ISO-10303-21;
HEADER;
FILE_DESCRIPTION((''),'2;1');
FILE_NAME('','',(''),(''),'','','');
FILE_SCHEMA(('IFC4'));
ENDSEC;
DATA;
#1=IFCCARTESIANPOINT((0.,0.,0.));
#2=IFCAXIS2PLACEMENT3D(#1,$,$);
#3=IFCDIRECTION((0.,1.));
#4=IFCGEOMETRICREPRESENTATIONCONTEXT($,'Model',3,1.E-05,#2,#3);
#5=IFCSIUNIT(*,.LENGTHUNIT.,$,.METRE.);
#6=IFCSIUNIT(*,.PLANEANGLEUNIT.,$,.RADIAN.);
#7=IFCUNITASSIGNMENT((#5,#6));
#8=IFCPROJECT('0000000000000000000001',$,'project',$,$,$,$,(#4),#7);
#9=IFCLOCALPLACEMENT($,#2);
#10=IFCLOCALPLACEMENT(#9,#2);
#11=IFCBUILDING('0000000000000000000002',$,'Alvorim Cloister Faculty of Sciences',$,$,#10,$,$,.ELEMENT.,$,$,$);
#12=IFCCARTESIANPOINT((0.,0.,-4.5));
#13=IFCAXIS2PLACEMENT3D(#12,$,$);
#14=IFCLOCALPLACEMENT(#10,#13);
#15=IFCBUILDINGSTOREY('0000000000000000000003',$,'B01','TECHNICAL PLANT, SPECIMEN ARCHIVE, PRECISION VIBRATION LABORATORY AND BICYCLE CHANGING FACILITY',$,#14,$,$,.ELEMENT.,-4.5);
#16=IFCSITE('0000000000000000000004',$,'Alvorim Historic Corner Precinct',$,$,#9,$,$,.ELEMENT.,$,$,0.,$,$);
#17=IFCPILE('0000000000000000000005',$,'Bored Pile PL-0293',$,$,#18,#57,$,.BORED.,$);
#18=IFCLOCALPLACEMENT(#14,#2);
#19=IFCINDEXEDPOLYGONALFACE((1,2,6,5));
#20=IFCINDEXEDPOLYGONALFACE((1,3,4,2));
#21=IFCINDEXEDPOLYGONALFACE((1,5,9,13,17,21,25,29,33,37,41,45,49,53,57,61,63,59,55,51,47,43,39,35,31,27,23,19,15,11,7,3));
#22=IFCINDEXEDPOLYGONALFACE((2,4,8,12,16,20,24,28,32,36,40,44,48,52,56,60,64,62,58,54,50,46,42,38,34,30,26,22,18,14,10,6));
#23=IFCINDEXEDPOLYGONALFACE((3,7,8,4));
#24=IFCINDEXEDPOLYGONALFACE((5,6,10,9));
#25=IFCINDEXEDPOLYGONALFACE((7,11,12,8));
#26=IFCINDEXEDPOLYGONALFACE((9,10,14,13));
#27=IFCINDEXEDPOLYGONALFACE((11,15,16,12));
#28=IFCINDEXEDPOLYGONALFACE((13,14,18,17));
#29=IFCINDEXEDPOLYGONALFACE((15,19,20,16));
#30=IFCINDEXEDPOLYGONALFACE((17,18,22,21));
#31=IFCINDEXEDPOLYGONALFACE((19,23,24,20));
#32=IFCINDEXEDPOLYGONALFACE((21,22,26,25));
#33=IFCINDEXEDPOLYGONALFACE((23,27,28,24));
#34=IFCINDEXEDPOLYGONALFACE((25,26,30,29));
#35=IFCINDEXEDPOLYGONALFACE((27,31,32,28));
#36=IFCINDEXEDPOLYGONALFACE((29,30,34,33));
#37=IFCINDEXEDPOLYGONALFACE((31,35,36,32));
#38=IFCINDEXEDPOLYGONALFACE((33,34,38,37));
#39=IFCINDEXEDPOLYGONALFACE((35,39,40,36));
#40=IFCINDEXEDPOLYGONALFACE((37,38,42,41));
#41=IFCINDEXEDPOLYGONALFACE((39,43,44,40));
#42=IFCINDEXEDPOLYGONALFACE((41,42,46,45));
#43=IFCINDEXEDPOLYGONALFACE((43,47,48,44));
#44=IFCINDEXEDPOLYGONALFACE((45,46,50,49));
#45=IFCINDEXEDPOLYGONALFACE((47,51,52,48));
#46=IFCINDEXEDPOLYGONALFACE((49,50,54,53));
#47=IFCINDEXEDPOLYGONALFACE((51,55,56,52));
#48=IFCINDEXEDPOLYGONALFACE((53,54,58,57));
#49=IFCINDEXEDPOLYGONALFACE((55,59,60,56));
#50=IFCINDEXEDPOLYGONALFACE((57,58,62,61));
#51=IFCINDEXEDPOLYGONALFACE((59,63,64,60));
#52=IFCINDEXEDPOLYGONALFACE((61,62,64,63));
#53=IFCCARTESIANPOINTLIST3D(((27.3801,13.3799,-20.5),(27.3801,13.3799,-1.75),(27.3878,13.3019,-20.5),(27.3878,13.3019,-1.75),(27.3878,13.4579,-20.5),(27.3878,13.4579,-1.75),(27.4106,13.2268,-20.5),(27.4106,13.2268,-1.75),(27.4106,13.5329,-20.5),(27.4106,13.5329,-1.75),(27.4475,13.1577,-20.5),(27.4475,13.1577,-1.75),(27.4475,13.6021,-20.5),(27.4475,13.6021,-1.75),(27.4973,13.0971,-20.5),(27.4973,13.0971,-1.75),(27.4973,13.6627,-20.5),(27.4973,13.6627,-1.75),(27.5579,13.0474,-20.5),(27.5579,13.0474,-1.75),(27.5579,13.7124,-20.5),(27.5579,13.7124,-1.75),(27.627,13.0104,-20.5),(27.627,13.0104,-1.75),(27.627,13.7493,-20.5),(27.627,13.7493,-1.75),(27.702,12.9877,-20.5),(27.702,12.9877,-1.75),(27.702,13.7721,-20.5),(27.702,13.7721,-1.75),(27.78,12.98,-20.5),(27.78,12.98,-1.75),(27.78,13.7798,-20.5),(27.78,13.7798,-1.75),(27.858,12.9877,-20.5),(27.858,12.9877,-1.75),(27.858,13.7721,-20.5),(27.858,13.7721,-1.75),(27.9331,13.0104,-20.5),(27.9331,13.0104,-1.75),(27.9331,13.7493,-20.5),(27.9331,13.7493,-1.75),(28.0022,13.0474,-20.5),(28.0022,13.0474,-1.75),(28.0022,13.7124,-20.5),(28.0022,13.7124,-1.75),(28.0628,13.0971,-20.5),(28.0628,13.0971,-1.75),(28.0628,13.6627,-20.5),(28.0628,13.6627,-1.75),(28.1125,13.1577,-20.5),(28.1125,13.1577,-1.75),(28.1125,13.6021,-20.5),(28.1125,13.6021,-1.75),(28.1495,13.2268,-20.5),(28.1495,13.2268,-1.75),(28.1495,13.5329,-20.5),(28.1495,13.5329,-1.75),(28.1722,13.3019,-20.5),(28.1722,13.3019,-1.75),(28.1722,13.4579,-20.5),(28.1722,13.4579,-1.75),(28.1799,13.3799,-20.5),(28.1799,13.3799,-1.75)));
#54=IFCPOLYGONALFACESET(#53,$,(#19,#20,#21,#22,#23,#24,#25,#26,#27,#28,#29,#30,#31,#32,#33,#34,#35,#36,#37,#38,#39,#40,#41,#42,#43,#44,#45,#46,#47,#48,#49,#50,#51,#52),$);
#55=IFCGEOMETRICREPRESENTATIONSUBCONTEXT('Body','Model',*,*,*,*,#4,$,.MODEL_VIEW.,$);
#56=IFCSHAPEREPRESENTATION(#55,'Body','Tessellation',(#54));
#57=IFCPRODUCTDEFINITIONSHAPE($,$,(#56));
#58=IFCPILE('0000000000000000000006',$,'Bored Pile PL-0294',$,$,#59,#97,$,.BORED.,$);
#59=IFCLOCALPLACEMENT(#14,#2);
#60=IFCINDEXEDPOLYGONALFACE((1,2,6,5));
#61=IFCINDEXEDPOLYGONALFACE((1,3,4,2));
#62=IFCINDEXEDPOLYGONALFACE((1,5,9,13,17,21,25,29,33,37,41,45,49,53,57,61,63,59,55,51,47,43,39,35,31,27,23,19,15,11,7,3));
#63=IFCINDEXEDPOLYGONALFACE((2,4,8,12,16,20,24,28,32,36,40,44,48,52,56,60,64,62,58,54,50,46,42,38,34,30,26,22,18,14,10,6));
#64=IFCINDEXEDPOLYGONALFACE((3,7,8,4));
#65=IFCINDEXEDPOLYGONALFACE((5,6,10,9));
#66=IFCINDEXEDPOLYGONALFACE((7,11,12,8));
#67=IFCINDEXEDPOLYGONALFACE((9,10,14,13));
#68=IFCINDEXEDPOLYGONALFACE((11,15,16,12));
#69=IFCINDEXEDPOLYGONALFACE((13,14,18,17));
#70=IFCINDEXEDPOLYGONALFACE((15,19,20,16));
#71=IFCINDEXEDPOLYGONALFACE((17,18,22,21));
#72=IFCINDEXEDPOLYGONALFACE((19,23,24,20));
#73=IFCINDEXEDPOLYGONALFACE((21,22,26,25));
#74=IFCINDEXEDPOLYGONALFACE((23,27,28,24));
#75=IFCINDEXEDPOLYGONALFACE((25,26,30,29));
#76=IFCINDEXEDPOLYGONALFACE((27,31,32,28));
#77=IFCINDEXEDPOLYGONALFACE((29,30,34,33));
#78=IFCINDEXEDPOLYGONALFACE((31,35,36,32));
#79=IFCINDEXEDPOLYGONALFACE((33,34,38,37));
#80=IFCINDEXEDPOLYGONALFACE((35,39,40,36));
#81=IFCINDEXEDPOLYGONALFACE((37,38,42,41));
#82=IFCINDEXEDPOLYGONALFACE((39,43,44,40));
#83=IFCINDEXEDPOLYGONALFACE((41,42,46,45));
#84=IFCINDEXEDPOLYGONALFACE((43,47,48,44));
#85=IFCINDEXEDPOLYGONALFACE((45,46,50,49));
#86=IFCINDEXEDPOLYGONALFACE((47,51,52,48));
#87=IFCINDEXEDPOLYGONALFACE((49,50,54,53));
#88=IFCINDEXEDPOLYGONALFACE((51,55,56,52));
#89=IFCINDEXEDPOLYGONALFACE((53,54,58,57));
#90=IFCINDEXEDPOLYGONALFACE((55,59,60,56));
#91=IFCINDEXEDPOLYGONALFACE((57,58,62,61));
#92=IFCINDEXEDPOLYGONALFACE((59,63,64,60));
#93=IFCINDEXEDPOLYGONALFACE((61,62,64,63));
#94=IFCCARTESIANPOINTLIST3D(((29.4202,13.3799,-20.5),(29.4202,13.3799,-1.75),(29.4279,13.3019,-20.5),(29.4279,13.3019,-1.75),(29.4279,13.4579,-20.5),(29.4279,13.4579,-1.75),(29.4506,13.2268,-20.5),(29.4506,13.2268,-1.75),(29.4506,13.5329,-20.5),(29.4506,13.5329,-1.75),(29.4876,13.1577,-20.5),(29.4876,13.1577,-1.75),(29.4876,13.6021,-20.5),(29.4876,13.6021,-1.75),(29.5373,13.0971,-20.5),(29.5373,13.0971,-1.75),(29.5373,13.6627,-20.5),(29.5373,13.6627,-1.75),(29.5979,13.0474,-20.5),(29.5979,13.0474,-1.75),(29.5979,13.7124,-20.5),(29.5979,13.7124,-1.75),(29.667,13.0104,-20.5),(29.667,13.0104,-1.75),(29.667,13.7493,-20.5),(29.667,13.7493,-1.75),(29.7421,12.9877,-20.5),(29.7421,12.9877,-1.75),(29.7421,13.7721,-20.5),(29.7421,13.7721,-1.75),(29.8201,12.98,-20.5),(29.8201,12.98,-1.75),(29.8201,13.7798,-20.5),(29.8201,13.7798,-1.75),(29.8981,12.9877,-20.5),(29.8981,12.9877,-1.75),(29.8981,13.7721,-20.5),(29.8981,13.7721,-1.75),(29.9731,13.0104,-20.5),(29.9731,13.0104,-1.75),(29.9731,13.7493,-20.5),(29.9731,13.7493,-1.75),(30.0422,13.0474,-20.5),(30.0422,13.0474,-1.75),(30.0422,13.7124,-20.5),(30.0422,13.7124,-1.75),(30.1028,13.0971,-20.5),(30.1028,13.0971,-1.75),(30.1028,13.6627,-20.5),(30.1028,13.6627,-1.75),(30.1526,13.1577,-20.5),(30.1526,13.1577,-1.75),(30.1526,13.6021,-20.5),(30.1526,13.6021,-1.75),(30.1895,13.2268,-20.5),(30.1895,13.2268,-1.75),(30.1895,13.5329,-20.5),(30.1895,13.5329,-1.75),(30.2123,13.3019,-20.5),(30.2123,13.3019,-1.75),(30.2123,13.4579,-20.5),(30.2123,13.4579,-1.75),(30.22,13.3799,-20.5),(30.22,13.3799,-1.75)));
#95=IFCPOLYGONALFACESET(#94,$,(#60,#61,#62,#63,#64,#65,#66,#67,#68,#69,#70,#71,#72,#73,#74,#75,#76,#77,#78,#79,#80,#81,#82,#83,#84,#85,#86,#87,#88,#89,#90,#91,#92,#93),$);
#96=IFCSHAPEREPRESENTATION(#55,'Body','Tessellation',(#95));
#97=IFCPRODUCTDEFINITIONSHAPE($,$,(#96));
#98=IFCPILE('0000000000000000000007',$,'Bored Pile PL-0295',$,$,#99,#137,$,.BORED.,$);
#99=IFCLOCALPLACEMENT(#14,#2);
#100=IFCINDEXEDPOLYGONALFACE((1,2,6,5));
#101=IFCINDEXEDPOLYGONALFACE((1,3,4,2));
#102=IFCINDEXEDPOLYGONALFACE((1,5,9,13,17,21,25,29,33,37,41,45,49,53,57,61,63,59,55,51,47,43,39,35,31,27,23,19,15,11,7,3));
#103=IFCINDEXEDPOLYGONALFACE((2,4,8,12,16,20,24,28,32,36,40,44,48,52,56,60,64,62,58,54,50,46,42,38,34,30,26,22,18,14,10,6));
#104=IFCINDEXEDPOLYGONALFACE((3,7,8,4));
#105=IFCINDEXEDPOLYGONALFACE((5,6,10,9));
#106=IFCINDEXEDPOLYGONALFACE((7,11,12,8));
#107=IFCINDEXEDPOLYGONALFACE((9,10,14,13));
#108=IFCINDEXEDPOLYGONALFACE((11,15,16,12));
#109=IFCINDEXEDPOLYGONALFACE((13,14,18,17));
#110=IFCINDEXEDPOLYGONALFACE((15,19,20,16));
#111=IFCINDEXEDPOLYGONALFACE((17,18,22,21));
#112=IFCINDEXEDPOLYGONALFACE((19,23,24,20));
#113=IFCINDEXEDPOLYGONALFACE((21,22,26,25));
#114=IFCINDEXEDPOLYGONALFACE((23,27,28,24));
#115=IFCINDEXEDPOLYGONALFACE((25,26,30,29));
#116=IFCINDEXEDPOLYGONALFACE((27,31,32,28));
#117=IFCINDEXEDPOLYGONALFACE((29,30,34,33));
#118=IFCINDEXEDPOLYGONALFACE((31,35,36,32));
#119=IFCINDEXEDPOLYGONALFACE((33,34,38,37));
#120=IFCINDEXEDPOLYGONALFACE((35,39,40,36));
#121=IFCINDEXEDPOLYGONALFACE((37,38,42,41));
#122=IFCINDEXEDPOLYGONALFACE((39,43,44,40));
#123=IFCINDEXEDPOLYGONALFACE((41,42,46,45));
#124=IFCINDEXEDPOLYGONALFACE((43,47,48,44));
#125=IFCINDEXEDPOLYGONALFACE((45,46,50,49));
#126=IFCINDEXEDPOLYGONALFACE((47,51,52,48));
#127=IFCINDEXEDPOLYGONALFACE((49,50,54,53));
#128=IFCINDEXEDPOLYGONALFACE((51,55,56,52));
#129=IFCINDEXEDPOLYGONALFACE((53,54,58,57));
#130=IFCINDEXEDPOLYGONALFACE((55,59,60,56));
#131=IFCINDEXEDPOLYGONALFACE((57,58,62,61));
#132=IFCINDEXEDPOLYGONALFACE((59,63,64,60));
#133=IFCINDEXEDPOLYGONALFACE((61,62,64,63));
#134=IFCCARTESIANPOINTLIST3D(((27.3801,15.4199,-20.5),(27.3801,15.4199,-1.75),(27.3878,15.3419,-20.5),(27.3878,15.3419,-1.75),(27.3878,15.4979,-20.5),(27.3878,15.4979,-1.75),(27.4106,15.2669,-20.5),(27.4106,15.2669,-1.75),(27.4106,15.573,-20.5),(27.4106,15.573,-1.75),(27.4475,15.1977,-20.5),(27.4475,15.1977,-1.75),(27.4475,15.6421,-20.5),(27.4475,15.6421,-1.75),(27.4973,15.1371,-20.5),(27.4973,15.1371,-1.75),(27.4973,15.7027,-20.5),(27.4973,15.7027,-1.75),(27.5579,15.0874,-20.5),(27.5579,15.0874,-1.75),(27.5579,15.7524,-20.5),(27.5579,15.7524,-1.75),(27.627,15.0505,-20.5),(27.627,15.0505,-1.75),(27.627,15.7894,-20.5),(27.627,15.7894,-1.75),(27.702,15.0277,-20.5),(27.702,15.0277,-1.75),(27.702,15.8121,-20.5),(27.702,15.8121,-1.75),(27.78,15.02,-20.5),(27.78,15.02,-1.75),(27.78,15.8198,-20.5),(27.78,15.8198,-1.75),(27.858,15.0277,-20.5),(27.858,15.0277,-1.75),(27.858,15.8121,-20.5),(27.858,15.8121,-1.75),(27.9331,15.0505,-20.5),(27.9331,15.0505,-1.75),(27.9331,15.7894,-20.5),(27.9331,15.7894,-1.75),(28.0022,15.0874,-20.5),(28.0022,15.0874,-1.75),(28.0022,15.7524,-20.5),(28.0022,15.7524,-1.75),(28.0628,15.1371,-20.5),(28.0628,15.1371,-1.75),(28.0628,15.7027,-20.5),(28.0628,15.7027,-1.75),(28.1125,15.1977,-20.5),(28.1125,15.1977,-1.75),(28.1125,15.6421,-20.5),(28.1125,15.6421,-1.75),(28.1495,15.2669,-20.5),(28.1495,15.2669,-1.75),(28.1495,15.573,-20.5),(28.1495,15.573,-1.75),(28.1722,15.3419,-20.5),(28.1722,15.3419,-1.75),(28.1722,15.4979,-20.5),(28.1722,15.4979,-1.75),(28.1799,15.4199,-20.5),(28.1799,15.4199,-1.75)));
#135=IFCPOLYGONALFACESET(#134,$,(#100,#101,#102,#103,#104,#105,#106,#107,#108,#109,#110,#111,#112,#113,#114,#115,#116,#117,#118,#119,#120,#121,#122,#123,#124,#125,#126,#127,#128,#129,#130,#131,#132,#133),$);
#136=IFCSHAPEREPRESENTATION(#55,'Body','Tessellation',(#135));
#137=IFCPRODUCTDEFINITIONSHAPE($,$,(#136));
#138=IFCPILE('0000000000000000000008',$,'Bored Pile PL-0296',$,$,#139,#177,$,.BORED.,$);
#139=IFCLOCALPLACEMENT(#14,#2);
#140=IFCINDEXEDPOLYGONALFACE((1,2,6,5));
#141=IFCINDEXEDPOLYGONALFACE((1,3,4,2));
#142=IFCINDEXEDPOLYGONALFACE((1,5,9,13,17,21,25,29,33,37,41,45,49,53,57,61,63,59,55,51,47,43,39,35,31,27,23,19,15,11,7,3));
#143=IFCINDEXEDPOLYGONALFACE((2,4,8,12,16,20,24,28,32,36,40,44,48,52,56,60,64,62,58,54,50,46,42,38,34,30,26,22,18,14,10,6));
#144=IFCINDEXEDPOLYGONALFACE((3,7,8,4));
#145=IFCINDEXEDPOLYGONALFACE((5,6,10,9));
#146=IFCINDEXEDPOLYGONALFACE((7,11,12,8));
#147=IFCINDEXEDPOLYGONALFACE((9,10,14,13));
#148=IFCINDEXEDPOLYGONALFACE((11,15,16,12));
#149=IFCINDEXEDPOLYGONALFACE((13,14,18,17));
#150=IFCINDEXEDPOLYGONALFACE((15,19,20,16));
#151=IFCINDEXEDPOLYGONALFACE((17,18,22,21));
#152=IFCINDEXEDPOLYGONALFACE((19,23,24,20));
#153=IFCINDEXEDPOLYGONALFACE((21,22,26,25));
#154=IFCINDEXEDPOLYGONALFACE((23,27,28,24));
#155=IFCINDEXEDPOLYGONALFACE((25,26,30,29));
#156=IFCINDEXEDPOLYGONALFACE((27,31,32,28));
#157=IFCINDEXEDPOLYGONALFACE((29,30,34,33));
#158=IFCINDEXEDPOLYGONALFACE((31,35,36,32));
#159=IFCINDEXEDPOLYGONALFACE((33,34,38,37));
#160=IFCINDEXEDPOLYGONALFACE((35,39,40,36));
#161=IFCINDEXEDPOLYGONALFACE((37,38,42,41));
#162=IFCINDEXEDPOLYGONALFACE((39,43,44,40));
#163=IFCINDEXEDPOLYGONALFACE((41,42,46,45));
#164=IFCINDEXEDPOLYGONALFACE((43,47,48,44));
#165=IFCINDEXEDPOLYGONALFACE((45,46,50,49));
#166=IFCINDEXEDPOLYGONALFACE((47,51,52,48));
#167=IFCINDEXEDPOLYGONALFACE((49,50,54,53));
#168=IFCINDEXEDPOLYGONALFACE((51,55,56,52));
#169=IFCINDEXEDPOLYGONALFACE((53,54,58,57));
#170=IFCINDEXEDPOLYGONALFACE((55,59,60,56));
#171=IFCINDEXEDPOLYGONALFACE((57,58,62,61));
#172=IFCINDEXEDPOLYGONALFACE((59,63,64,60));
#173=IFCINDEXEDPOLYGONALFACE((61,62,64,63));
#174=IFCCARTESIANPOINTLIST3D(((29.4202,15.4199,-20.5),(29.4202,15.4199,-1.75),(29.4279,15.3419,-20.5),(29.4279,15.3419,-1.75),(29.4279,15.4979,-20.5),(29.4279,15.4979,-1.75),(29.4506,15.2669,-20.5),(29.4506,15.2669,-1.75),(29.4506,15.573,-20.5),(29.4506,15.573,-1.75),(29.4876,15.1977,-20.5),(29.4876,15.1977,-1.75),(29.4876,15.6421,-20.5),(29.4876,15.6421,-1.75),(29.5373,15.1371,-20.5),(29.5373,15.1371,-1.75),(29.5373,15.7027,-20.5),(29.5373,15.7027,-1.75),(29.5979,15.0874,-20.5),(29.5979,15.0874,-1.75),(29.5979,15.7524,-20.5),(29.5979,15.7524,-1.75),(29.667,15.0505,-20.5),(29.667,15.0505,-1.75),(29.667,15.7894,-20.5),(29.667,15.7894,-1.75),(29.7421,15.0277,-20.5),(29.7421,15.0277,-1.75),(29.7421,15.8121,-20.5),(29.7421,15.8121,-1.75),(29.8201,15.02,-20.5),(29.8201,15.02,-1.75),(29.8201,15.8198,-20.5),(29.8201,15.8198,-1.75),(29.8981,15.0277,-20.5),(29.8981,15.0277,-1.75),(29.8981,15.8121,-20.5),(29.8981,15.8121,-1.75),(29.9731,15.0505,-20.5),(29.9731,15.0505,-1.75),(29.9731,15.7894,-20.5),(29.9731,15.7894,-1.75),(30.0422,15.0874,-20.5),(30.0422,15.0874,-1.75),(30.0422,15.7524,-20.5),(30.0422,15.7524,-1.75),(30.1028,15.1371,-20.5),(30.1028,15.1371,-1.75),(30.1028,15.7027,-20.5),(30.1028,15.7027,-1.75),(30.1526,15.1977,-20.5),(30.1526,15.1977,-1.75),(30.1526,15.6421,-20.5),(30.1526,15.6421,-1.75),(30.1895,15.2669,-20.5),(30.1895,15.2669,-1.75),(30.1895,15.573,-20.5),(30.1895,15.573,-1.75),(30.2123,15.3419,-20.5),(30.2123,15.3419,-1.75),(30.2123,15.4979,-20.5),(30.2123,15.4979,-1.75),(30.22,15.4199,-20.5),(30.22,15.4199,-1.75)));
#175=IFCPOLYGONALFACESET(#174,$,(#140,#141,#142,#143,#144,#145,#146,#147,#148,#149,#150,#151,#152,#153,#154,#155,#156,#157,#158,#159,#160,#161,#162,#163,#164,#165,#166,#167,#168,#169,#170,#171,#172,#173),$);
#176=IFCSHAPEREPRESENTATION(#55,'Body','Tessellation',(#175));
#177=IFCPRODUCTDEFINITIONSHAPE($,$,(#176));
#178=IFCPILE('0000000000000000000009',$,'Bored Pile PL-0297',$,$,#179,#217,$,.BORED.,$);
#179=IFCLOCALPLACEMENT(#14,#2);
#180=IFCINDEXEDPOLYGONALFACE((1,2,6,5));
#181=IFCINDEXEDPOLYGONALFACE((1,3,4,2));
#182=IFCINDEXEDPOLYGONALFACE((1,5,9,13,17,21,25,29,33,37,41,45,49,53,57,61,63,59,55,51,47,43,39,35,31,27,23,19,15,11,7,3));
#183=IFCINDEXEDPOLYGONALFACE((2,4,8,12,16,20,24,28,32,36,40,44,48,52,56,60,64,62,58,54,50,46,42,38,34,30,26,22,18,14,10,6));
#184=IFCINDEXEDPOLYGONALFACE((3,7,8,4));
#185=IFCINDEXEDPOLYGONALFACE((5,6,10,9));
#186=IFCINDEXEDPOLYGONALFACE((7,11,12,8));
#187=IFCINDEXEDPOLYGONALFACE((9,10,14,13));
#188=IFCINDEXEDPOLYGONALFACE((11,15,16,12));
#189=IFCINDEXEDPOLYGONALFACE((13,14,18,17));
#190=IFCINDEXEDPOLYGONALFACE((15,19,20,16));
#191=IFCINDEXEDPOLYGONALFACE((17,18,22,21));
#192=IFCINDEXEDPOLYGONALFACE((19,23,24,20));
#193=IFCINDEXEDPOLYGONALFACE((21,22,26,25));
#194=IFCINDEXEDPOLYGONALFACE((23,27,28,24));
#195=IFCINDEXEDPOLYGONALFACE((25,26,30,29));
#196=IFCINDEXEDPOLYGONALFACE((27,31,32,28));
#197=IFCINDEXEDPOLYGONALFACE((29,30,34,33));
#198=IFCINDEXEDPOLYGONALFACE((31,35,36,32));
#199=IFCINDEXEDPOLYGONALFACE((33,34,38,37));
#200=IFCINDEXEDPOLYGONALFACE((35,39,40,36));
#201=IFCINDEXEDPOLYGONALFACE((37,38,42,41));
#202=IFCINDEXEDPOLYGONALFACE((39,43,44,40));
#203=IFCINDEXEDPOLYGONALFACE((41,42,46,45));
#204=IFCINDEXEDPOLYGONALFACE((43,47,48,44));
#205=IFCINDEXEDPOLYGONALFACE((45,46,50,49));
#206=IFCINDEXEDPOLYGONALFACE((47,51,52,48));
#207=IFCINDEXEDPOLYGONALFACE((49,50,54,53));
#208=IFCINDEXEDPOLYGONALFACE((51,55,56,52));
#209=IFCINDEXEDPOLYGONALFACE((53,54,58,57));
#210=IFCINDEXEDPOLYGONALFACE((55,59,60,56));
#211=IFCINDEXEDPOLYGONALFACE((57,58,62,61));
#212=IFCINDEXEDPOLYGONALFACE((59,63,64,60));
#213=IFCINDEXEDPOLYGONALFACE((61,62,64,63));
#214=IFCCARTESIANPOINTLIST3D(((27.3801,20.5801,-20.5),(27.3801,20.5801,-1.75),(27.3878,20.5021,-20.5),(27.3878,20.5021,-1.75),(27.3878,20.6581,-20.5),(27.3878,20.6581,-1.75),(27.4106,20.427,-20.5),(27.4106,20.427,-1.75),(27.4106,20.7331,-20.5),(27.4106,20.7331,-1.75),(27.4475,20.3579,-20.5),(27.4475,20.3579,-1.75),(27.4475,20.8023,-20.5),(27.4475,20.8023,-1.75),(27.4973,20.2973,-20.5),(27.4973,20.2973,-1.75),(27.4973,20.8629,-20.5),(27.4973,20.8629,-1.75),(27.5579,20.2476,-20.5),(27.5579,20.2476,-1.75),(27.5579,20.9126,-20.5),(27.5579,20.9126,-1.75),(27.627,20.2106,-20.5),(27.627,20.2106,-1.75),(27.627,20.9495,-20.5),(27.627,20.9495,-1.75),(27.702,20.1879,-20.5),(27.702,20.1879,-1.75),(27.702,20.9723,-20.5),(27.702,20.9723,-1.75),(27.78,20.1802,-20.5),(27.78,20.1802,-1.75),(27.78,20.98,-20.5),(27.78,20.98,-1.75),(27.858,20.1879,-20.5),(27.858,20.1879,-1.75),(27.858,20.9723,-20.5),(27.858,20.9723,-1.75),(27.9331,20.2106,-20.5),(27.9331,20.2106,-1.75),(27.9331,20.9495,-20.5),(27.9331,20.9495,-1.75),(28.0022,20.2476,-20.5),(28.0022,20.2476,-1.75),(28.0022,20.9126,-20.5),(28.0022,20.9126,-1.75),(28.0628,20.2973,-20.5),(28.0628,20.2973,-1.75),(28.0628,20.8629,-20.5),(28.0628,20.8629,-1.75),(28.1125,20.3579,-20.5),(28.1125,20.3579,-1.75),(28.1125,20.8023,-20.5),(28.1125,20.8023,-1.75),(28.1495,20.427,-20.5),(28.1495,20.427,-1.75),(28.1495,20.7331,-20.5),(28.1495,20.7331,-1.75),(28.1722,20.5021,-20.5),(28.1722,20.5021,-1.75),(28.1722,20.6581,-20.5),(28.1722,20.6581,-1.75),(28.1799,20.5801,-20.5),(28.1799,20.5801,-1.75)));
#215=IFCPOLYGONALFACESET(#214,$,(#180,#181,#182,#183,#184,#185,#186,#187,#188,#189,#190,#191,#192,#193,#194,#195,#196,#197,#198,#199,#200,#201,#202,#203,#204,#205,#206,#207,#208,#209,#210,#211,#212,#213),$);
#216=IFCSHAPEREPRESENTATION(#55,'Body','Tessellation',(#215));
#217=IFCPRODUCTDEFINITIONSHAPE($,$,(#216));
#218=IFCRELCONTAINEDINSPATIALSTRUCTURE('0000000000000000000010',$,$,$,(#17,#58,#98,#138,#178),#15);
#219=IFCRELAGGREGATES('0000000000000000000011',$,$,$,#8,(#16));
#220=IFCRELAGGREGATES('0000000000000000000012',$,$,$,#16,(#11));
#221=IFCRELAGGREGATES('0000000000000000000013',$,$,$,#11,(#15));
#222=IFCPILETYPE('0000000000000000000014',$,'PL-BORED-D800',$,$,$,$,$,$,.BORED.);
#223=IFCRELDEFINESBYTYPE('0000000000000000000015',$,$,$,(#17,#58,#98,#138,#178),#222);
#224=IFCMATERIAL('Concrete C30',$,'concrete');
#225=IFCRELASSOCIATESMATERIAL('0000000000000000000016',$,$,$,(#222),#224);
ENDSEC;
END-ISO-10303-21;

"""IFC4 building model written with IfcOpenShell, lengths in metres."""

from ifc_helpers import new_model, si_unit, direction, frame, origin, origin_2d, place, context, subcontext, project, spatial, circle, extrude, material, material_profile, profile_set, type_object, element, save


model = new_model("IFC4")

# Units and contexts
model_context = context("Model", 3, precision=1e-05, world=origin(), true_north=direction((0.0, 1.0)))
body_context = subcontext(model_context, "Body", "Model", "MODEL_VIEW")
ifc_project = project(units=[si_unit("LENGTHUNIT", "METRE"), si_unit("PLANEANGLEUNIT", "RADIAN")], contexts=[model_context])

# Site, building, storey
site_placement = place(None, origin())
site = spatial("IfcSite", under=ifc_project, at=site_placement, Name="Alvorim Historic Corner Precinct", CompositionType="ELEMENT", RefElevation=0.0)
building_placement = place(site_placement, origin())
building = spatial("IfcBuilding", under=site, at=building_placement, Name="Alvorim Cloister Faculty of Sciences", CompositionType="ELEMENT")
storey_placement = place(building_placement, frame((0.0, 0.0, -4.5)))
storey = spatial("IfcBuildingStorey", under=building, at=storey_placement, Name="B01", Description="TECHNICAL PLANT, SPECIMEN ARCHIVE, PRECISION VIBRATION LABORATORY AND BICYCLE CHANGING FACILITY", CompositionType="ELEMENT", Elevation=-4.5)

# Piles
ifc_material_1 = material(Name="Concrete C30", Category="concrete")
ifc_material_profile_1 = material_profile(ifc_material_1, circle(Radius=0.3999, at=origin_2d()), Name="PILE-D800")
ifc_profile_set_1 = profile_set([ifc_material_profile_1], Name="Concrete C30")
pile_type = type_object("IfcPileType", Name="PL-BORED-D800", PredefinedType="BORED", material=ifc_profile_set_1)
for number, where, z_axis, x_axis, name in (
    (1, (27.78, 13.3799, -1.75), (0.0, 0.0, -1.0), (1.0, 0.0, 0.0), "Bored Pile PL-0293"),
    (2, (29.8201, 13.3799, -1.75), (0.0, 0.0, -1.0), (1.0, 0.0, 0.0), "Bored Pile PL-0294"),
    (3, (27.78, 15.4199, -1.75), (0.0, 0.0, -1.0), (1.0, 0.0, 0.0), "Bored Pile PL-0295"),
    (4, (29.8201, 15.4199, -1.75), (0.0, 0.0, -1.0), (1.0, 0.0, 0.0), "Bored Pile PL-0296"),
    (5, (27.78, 20.5801, -1.75), (0.0, 0.0, -1.0), (1.0, 0.0, 0.0), "Bored Pile PL-0297"),
):
    element("IfcPile", number, at=place(storey_placement, frame(where, z_axis=z_axis, x_axis=x_axis)), inside=storey, type_object=pile_type, Name=name, PredefinedType="BORED", context=body_context, shape_type="SweptSolid", body=[
        extrude(circle(Radius=0.3999, at=origin_2d()), origin(), (0.0, 0.0, 1.0), 18.75),
    ])

save(model, "model.ifc")
